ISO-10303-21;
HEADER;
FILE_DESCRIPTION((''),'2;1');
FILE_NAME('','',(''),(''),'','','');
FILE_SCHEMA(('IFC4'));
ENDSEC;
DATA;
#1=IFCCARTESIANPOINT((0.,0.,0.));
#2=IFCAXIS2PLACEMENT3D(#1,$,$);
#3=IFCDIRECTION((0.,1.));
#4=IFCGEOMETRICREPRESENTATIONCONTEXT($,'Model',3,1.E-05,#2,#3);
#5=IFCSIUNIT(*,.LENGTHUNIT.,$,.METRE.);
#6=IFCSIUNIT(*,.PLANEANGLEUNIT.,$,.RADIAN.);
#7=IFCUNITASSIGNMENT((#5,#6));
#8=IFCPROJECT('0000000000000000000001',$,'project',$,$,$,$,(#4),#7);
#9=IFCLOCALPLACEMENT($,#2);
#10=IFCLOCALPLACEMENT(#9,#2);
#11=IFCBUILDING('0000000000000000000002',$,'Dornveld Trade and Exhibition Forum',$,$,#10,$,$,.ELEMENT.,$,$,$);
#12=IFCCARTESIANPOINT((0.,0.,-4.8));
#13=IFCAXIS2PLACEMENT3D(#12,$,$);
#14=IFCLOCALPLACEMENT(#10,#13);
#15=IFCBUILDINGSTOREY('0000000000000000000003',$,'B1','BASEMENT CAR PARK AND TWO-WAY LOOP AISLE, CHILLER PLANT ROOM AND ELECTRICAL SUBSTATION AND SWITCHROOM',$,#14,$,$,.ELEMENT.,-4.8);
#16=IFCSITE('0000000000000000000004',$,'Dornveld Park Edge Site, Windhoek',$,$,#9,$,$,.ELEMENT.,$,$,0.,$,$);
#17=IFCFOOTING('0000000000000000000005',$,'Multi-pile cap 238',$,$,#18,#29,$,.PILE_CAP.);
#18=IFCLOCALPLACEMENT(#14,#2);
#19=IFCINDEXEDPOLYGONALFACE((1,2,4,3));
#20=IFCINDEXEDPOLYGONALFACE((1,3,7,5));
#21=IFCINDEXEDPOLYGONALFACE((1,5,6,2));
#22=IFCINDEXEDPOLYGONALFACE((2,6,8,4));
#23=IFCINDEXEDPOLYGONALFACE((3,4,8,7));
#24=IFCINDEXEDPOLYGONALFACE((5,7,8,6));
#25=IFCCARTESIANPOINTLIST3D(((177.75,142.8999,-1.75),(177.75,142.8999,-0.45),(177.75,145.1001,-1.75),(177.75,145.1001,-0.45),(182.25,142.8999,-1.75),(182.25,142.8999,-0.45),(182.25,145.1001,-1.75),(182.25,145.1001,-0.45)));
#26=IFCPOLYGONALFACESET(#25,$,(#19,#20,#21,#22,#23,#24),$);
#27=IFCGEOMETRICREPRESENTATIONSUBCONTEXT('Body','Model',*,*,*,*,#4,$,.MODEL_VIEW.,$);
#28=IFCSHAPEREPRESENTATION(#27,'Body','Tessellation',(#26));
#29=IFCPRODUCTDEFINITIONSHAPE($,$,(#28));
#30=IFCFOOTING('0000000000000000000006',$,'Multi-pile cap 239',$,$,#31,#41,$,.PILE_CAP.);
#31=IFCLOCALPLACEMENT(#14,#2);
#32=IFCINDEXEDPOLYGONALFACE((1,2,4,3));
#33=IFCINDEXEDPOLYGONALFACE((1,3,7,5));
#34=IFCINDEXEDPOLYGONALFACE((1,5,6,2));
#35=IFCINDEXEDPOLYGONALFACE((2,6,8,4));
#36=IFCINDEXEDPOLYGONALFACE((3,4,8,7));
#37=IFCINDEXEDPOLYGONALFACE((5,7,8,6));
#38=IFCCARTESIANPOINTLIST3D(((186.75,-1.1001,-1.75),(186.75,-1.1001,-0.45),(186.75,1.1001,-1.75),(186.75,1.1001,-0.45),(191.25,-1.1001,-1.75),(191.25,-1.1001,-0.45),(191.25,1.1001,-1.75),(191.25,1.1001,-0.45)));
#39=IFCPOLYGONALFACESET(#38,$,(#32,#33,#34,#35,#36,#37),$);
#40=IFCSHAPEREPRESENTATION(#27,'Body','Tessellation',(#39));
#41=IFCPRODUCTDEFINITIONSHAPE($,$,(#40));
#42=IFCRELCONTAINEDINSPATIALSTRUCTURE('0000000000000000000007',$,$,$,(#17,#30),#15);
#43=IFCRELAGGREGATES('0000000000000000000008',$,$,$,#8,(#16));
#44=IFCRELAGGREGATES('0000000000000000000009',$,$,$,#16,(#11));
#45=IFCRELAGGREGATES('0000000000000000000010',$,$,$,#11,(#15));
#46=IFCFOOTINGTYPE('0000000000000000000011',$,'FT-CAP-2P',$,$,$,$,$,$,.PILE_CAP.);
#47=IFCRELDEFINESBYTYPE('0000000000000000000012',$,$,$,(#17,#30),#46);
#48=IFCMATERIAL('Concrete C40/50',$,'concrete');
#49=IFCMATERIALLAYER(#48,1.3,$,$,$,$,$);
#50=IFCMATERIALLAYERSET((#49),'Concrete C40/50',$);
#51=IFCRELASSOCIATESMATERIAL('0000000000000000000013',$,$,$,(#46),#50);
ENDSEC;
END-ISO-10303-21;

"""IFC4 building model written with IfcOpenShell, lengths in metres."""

from ifc_helpers import new_model, si_unit, direction, frame, origin, place, context, subcontext, project, spatial, polyline, outline, extrude, material, layer, layer_set, type_object, element, save


model = new_model("IFC4")

# Units and contexts
model_context = context("Model", 3, precision=1e-05, world=origin(), true_north=direction((0.0, 1.0)))
body_context = subcontext(model_context, "Body", "Model", "MODEL_VIEW")
ifc_project = project(units=[si_unit("LENGTHUNIT", "METRE"), si_unit("PLANEANGLEUNIT", "RADIAN")], contexts=[model_context])

# Site, building, storey
site_placement = place(None, origin())
site = spatial("IfcSite", under=ifc_project, at=site_placement, Name="Dornveld Park Edge Site, Windhoek", CompositionType="ELEMENT", RefElevation=0.0)
building_placement = place(site_placement, origin())
building = spatial("IfcBuilding", under=site, at=building_placement, Name="Dornveld Trade and Exhibition Forum", CompositionType="ELEMENT")
storey_placement = place(building_placement, frame((0.0, 0.0, -4.8)))
storey = spatial("IfcBuildingStorey", under=building, at=storey_placement, Name="B1", Description="BASEMENT CAR PARK AND TWO-WAY LOOP AISLE, CHILLER PLANT ROOM AND ELECTRICAL SUBSTATION AND SWITCHROOM", CompositionType="ELEMENT", Elevation=-4.8)

# Footings
ifc_material = material(Name="Concrete C40/50", Category="concrete")
ifc_layer = layer(ifc_material, 1.3)
ifc_layer_set = layer_set([ifc_layer], Name="Concrete C40/50")
footing_type = type_object("IfcFootingType", Name="FT-CAP-2P", PredefinedType="PILE_CAP", material=ifc_layer_set)
footing_1_placement = place(storey_placement, frame((0.0, 0.0, -1.75)))
element("IfcFooting", 1, at=footing_1_placement, inside=storey, type_object=footing_type, Name="Multi-pile cap 238", PredefinedType="PILE_CAP", context=body_context, shape_type="SweptSolid", body=[
    extrude(outline(polyline([(177.75, 142.8999), (182.25, 142.8999), (182.25, 145.1001), (177.75, 145.1001), (177.75, 142.8999)])), origin(), (0.0, 0.0, 1.0), 1.3),
])
footing_2_placement = place(storey_placement, frame((0.0, 0.0, -1.75)))
element("IfcFooting", 2, at=footing_2_placement, inside=storey, type_object=footing_type, Name="Multi-pile cap 239", PredefinedType="PILE_CAP", context=body_context, shape_type="SweptSolid", body=[
    extrude(outline(polyline([(186.75, -1.1001), (191.25, -1.1001), (191.25, 1.1001), (186.75, 1.1001), (186.75, -1.1001)])), origin(), (0.0, 0.0, 1.0), 1.3),
])

save(model, "model.ifc")
